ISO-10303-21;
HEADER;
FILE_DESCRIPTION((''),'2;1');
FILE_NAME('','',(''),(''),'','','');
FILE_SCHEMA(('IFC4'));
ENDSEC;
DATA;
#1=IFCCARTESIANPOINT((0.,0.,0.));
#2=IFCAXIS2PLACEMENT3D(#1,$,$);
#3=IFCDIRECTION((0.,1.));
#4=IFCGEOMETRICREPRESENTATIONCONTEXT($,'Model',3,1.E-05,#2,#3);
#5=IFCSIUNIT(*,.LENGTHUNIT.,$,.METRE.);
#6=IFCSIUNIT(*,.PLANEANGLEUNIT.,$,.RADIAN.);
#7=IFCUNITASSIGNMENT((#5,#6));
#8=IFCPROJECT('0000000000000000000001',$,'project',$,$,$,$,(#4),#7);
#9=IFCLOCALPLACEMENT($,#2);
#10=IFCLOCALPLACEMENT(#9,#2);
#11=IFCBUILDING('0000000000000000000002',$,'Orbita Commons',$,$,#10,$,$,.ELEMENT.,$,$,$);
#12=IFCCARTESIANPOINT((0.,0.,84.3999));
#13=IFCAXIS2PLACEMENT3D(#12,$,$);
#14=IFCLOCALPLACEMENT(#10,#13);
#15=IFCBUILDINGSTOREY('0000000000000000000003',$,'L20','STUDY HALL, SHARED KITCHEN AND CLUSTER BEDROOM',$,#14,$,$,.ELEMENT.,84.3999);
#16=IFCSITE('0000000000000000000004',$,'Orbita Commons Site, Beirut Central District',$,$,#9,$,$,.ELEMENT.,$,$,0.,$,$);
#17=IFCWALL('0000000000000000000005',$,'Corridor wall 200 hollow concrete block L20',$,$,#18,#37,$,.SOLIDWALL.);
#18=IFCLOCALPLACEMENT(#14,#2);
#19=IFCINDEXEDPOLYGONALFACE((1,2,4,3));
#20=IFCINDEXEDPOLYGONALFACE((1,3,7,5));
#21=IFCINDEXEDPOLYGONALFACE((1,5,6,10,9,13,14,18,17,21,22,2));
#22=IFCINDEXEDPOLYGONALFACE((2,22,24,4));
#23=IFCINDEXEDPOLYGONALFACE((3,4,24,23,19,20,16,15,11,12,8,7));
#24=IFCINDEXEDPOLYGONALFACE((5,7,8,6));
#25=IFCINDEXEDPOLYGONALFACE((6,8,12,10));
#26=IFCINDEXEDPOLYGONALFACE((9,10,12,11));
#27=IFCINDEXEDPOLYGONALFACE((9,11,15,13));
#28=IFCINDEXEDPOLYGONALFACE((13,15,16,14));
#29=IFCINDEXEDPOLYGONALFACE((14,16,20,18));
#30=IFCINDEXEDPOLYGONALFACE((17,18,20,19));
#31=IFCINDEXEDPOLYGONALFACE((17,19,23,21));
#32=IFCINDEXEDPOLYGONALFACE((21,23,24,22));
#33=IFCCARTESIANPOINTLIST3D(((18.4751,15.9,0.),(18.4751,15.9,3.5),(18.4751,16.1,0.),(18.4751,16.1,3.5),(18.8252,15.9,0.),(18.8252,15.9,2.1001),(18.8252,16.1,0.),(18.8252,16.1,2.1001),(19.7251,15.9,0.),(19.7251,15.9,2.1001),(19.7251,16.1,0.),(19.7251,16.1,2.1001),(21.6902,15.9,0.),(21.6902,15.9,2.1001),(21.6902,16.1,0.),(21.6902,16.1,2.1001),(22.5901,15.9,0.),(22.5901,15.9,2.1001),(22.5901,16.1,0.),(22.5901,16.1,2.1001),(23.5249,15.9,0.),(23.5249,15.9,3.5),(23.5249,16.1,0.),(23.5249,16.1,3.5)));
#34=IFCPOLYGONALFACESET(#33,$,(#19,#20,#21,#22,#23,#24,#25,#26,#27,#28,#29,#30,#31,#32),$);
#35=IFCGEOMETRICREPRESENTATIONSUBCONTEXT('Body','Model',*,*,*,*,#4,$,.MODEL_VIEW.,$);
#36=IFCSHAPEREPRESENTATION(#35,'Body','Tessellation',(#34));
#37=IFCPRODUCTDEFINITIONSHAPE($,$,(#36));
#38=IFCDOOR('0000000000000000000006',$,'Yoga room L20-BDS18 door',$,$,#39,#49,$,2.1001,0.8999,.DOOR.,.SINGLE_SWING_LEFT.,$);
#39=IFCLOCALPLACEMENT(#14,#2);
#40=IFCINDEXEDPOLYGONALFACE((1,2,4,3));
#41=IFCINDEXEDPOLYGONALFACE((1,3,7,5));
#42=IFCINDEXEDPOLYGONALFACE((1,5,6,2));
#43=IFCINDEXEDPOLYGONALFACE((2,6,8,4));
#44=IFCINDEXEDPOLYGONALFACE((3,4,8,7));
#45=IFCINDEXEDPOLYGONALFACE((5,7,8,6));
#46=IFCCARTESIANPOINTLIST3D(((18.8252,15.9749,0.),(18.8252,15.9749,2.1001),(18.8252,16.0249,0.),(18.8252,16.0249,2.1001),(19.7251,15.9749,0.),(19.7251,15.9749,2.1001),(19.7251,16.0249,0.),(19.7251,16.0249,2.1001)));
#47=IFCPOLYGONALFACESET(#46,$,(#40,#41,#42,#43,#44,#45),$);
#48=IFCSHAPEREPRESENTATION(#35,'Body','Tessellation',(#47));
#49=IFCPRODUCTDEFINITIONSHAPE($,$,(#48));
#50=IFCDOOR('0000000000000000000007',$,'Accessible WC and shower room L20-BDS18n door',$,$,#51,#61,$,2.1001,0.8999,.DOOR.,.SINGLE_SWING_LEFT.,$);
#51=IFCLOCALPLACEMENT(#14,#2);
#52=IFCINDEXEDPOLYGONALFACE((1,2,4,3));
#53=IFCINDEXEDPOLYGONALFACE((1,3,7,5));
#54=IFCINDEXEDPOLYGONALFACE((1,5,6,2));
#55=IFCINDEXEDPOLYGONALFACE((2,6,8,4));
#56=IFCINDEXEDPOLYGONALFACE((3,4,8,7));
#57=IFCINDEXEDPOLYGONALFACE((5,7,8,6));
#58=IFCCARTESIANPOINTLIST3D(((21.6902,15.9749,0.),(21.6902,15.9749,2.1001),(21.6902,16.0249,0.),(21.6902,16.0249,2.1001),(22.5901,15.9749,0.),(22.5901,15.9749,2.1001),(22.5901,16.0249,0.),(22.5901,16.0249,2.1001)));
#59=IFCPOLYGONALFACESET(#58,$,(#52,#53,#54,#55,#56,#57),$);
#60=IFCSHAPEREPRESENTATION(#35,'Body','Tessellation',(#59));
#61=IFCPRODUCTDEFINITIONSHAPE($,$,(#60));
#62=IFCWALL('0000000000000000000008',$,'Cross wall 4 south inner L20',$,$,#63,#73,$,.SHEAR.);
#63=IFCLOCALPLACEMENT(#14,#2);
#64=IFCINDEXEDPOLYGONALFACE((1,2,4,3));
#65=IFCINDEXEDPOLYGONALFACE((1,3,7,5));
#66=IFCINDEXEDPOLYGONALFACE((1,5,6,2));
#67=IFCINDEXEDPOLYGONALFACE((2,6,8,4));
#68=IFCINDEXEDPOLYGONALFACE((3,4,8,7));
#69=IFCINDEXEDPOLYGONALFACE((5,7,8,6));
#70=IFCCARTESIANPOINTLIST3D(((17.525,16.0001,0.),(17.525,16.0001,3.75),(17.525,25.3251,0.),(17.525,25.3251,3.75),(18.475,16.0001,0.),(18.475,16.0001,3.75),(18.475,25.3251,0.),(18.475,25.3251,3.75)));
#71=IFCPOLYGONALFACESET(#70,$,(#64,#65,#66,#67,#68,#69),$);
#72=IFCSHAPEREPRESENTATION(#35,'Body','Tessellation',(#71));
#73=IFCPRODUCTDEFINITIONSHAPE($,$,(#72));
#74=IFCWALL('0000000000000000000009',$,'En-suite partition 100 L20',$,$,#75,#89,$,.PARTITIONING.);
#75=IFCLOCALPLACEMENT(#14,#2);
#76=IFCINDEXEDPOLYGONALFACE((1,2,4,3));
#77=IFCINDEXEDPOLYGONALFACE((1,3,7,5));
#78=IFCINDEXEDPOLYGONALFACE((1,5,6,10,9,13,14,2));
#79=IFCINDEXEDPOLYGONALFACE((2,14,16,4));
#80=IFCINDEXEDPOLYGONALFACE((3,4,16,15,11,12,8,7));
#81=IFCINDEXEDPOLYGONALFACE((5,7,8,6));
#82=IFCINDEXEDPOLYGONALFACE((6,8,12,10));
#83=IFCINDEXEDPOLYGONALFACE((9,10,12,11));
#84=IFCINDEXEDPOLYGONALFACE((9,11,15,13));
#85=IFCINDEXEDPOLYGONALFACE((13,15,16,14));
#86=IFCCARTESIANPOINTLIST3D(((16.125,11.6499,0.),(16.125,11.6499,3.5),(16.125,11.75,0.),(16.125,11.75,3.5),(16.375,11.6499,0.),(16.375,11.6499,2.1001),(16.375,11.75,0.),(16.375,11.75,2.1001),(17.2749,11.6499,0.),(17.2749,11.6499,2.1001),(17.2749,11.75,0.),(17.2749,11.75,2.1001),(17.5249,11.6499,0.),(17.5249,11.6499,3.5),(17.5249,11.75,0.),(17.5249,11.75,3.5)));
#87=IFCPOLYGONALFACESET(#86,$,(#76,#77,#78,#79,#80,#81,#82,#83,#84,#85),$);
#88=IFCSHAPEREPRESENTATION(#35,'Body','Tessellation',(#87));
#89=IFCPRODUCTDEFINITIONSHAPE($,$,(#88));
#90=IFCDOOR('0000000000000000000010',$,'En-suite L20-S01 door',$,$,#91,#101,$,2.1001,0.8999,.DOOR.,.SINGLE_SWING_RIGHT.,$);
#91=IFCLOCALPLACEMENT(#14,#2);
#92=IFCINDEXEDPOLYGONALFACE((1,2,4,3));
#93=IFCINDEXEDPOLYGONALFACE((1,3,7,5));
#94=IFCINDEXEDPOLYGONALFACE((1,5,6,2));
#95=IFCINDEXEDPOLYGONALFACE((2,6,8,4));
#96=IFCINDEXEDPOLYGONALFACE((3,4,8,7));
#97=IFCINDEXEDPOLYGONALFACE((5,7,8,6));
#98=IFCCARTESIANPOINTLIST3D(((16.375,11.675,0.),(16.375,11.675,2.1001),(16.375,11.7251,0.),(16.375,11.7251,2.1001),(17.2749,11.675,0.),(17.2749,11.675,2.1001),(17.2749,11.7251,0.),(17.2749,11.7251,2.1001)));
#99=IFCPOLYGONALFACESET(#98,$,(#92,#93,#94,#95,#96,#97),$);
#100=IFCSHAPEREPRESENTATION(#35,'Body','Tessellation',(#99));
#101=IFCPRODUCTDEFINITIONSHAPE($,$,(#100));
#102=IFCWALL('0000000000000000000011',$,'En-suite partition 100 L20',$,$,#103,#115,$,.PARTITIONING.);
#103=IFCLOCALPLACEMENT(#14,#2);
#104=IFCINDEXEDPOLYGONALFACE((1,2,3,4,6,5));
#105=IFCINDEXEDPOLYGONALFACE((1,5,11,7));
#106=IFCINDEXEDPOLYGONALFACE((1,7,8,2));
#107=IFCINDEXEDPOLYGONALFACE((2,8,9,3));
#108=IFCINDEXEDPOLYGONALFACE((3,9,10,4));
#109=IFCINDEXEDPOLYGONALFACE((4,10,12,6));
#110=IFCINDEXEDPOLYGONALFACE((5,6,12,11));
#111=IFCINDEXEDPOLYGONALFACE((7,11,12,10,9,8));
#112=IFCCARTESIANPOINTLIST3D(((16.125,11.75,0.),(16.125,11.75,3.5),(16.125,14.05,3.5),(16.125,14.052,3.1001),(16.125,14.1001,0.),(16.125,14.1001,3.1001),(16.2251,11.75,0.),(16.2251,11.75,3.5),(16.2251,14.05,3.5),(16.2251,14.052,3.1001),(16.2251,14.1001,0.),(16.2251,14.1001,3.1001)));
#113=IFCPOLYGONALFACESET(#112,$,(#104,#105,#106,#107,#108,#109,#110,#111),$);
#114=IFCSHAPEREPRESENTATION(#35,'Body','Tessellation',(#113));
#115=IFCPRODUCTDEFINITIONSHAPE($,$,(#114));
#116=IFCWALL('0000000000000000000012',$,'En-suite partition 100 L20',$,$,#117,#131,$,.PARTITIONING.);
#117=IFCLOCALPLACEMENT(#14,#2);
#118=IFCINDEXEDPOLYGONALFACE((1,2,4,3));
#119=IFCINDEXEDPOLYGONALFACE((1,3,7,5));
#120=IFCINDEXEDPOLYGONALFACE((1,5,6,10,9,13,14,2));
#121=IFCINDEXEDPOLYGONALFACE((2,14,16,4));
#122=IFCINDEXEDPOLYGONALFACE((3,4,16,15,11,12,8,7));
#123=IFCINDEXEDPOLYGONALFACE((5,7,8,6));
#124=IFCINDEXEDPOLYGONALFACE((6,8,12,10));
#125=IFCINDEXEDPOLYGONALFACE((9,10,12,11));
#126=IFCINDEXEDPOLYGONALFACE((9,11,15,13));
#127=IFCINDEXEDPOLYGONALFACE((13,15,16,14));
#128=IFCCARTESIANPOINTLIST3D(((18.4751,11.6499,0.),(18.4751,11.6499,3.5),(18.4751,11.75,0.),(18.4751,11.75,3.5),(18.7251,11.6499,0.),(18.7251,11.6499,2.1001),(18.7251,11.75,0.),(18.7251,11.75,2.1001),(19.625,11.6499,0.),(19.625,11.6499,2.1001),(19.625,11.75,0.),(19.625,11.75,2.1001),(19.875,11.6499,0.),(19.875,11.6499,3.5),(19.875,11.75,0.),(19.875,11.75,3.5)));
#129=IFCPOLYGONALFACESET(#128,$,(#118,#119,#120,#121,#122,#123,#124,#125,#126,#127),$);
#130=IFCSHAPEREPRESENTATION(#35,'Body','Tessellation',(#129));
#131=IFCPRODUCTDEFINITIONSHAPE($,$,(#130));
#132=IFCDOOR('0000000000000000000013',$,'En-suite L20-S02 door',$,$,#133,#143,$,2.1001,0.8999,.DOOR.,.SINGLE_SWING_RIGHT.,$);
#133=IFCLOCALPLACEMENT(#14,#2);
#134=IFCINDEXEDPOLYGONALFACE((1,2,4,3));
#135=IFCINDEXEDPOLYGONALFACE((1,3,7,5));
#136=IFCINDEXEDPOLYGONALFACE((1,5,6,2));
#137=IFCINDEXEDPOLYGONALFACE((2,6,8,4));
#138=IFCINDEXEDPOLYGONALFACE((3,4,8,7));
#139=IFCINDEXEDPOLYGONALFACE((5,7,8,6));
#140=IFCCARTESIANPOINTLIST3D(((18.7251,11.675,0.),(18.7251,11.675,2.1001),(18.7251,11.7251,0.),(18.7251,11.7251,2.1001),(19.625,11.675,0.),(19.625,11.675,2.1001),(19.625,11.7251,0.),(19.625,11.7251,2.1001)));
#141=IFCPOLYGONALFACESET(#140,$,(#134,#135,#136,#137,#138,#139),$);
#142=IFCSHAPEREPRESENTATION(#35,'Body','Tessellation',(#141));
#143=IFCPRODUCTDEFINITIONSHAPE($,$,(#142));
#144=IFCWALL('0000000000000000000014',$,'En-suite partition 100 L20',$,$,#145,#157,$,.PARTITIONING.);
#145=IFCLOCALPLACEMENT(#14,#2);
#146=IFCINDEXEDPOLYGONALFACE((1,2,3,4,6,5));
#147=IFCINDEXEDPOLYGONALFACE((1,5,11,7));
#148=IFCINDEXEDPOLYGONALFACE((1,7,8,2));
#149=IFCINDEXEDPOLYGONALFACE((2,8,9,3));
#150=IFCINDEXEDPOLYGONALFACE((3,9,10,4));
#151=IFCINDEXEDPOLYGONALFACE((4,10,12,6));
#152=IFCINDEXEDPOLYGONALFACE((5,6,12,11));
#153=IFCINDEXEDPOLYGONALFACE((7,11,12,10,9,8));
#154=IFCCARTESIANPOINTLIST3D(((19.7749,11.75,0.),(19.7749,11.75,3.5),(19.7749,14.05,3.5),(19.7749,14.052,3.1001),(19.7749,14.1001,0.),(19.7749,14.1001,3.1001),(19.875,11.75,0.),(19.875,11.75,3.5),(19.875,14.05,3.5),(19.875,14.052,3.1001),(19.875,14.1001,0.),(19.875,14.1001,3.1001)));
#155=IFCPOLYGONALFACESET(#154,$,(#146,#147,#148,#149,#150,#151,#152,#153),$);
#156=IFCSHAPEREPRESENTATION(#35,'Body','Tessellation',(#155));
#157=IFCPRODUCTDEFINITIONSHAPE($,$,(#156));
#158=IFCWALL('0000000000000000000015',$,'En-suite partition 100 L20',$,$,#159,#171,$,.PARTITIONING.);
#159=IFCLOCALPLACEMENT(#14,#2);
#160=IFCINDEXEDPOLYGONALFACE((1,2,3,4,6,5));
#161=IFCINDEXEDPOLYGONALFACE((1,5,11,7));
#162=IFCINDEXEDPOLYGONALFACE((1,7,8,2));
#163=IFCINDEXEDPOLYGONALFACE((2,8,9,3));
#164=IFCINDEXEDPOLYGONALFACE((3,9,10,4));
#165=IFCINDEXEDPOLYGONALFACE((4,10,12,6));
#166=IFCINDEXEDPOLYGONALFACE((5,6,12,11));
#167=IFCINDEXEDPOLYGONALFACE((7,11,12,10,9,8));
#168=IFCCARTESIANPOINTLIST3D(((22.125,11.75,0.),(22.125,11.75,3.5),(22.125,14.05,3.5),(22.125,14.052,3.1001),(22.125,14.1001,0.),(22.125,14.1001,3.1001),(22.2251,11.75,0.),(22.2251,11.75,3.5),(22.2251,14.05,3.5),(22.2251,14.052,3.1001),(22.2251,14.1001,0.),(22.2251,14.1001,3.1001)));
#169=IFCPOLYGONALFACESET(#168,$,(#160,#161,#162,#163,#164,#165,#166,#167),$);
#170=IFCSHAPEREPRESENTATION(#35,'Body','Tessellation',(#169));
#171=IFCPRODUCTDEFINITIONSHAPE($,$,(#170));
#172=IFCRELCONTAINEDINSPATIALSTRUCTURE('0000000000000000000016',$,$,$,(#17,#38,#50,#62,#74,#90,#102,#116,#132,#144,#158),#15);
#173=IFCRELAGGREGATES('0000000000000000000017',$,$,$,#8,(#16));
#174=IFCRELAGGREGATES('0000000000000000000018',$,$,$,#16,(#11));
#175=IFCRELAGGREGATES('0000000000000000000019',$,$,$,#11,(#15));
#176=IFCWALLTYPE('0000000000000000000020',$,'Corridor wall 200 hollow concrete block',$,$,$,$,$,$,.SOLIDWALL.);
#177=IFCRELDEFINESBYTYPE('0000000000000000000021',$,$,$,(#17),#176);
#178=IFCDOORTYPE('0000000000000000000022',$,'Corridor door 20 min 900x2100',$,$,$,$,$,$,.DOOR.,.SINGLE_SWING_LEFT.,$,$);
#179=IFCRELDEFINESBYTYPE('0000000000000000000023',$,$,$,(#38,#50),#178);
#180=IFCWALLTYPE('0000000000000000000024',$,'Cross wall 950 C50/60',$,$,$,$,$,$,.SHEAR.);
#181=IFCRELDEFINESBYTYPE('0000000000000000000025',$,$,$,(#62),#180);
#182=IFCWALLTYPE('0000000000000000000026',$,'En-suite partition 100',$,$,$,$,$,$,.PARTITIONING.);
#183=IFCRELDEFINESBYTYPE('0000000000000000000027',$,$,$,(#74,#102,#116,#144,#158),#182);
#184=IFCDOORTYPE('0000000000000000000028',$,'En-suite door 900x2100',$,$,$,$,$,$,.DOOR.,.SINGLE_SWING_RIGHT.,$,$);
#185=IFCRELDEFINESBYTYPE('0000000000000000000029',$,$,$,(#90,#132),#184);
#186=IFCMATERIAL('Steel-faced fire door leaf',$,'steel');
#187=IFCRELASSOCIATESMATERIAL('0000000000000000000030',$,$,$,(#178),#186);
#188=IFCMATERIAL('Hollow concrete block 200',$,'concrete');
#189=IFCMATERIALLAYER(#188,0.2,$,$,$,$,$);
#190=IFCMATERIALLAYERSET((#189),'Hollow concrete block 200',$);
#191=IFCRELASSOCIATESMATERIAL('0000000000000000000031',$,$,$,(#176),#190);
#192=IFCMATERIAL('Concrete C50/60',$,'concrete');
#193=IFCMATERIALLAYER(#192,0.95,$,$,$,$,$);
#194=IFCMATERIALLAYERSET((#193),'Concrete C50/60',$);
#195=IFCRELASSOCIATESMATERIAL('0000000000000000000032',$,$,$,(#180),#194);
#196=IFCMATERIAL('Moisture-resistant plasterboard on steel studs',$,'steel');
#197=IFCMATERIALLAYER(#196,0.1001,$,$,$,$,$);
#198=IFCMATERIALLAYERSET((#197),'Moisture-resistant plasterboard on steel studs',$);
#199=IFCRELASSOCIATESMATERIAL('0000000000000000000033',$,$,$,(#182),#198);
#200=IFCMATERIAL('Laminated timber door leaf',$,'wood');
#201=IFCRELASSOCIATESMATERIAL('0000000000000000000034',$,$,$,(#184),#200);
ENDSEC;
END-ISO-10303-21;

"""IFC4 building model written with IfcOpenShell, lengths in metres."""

from ifc_helpers import new_model, si_unit, direction, frame, frame_2d, origin, place, context, subcontext, project, spatial, polyline, rectangle, outline, extrude, material, layer, layer_set, type_object, element, fill, save


model = new_model("IFC4")

# Units and contexts
model_context = context("Model", 3, precision=1e-05, world=origin(), true_north=direction((0.0, 1.0)))
body_context = subcontext(model_context, "Body", "Model", "MODEL_VIEW")
ifc_project = project(units=[si_unit("LENGTHUNIT", "METRE"), si_unit("PLANEANGLEUNIT", "RADIAN")], contexts=[model_context])

# Site, building, storey
site_placement = place(None, origin())
site = spatial("IfcSite", under=ifc_project, at=site_placement, Name="Orbita Commons Site, Beirut Central District", CompositionType="ELEMENT", RefElevation=0.0)
building_placement = place(site_placement, origin())
building = spatial("IfcBuilding", under=site, at=building_placement, Name="Orbita Commons", CompositionType="ELEMENT")
storey_placement = place(building_placement, frame((0.0, 0.0, 84.3999)))
storey = spatial("IfcBuildingStorey", under=building, at=storey_placement, Name="L20", Description="STUDY HALL, SHARED KITCHEN AND CLUSTER BEDROOM", CompositionType="ELEMENT", Elevation=84.3999)

# Wall, openings, doors
ifc_material_1 = material(Name="Steel-faced fire door leaf", Category="steel")
door_type_1 = type_object("IfcDoorType", Name="Corridor door 20 min 900x2100", OperationType="SINGLE_SWING_LEFT", PredefinedType="DOOR", material=ifc_material_1)
ifc_material_2 = material(Name="Hollow concrete block 200", Category="concrete")
ifc_layer_1 = layer(ifc_material_2, 0.2)
ifc_layer_set_1 = layer_set([ifc_layer_1], Name="Hollow concrete block 200")
wall_type_1 = type_object("IfcWallType", Name="Corridor wall 200 hollow concrete block", PredefinedType="SOLIDWALL", material=ifc_layer_set_1)
wall_1_placement = place(storey_placement, frame((18.4751, 16.0, 0.0), z_axis=(0.0, 0.0, 1.0), x_axis=(1.0, 0.0, 0.0)))
wall_1 = element("IfcWall", 1, at=wall_1_placement, inside=storey, type_object=wall_type_1, Name="Corridor wall 200 hollow concrete block L20", PredefinedType="SOLIDWALL", context=body_context, shape_type="SweptSolid", body=[
    extrude(rectangle(XDim=5.0498, YDim=0.2, at=frame_2d((2.5249, 0.0))), origin(), (0.0, 0.0, 1.0), 3.5),
])
opening_1_placement = place(wall_1_placement, frame((0.3501, 0.0, 0.0)))
opening_1 = element("IfcOpeningElement", 2, at=opening_1_placement, cuts=wall_1, PredefinedType="OPENING", context=body_context, shape_type="SweptSolid", body=[
    extrude(rectangle(XDim=0.8999, YDim=2.1001, at=frame_2d((0.45, 1.05))), frame((0.0, 0.1099, 0.0), z_axis=(0.0, -1.0, 0.0), x_axis=(1.0, 0.0, 0.0)), (0.0, 0.0, 1.0), 0.22),
])
opening_2_placement = place(wall_1_placement, frame((3.2151, 0.0, 0.0)))
opening_2 = element("IfcOpeningElement", 3, at=opening_2_placement, cuts=wall_1, PredefinedType="OPENING", context=body_context, shape_type="SweptSolid", body=[
    extrude(rectangle(XDim=0.8999, YDim=2.1001, at=frame_2d((0.45, 1.05))), frame((0.0, 0.1099, 0.0), z_axis=(0.0, -1.0, 0.0), x_axis=(1.0, 0.0, 0.0)), (0.0, 0.0, 1.0), 0.22),
])
door_1_placement = place(opening_1_placement, origin())
door_1 = element("IfcDoor", 4, at=door_1_placement, inside=storey, type_object=door_type_1, Name="Yoga room L20-BDS18 door", OperationType="SINGLE_SWING_LEFT", OverallHeight=2.1001, OverallWidth=0.8999, PredefinedType="DOOR", context=body_context, shape_type="SweptSolid", body=[
    extrude(rectangle(XDim=0.8999, YDim=2.1001, at=frame_2d((0.45, 1.05))), frame((0.0, 0.0249, 0.0), z_axis=(0.0, -1.0, 0.0), x_axis=(1.0, 0.0, 0.0)), (0.0, 0.0, 1.0), 0.05),
])
fill(opening_1, door_1)
door_2_placement = place(opening_2_placement, origin())
door_2 = element("IfcDoor", 5, at=door_2_placement, inside=storey, type_object=door_type_1, Name="Accessible WC and shower room L20-BDS18n door", OperationType="SINGLE_SWING_LEFT", OverallHeight=2.1001, OverallWidth=0.8999, PredefinedType="DOOR", context=body_context, shape_type="SweptSolid", body=[
    extrude(rectangle(XDim=0.8999, YDim=2.1001, at=frame_2d((0.45, 1.05))), frame((0.0, 0.0249, 0.0), z_axis=(0.0, -1.0, 0.0), x_axis=(1.0, 0.0, 0.0)), (0.0, 0.0, 1.0), 0.05),
])
fill(opening_2, door_2)

# Wall
ifc_material_3 = material(Name="Concrete C50/60", Category="concrete")
ifc_layer_2 = layer(ifc_material_3, 0.95)
ifc_layer_set_2 = layer_set([ifc_layer_2], Name="Concrete C50/60")
wall_type_2 = type_object("IfcWallType", Name="Cross wall 950 C50/60", PredefinedType="SHEAR", material=ifc_layer_set_2)
wall_2_placement = place(storey_placement, frame((18.0, 16.0, 0.0), z_axis=(0.0, 0.0, 1.0), x_axis=(0.0, 1.0, 0.0)))
element("IfcWall", 6, at=wall_2_placement, inside=storey, type_object=wall_type_2, Name="Cross wall 4 south inner L20", PredefinedType="SHEAR", context=body_context, shape_type="SweptSolid", body=[
    extrude(rectangle(XDim=9.325, YDim=0.95, at=frame_2d((4.6626, 0.0))), origin(), (0.0, 0.0, 1.0), 3.75),
])

# Wall, opening, door
ifc_material_4 = material(Name="Moisture-resistant plasterboard on steel studs", Category="steel")
ifc_layer_3 = layer(ifc_material_4, 0.1001)
ifc_layer_set_3 = layer_set([ifc_layer_3], Name="Moisture-resistant plasterboard on steel studs")
wall_type_3 = type_object("IfcWallType", Name="En-suite partition 100", PredefinedType="PARTITIONING", material=ifc_layer_set_3)
wall_3_placement = place(storey_placement, frame((17.5249, 11.7, 0.0), z_axis=(0.0, 0.0, 1.0), x_axis=(-1.0, 0.0, 0.0)))
wall_3 = element("IfcWall", 7, at=wall_3_placement, inside=storey, type_object=wall_type_3, Name="En-suite partition 100 L20", PredefinedType="PARTITIONING", context=body_context, shape_type="SweptSolid", body=[
    extrude(rectangle(XDim=1.3999, YDim=0.1001, at=frame_2d((0.7, 0.0))), origin(), (0.0, 0.0, 1.0), 3.5),
])
opening_3_placement = place(wall_3_placement, frame((0.25, 0.0, 0.0)))
opening_3 = element("IfcOpeningElement", 8, at=opening_3_placement, cuts=wall_3, PredefinedType="OPENING", context=body_context, shape_type="SweptSolid", body=[
    extrude(rectangle(XDim=0.8999, YDim=2.1001, at=frame_2d((0.45, 1.05))), frame((0.0, 0.0601, 0.0), z_axis=(0.0, -1.0, 0.0), x_axis=(1.0, 0.0, 0.0)), (0.0, 0.0, 1.0), 0.1201),
])
ifc_material_5 = material(Name="Laminated timber door leaf", Category="wood")
door_type_2 = type_object("IfcDoorType", Name="En-suite door 900x2100", OperationType="SINGLE_SWING_RIGHT", PredefinedType="DOOR", material=ifc_material_5)
door_3_placement = place(opening_3_placement, origin())
door_3 = element("IfcDoor", 9, at=door_3_placement, inside=storey, type_object=door_type_2, Name="En-suite L20-S01 door", OperationType="SINGLE_SWING_RIGHT", OverallHeight=2.1001, OverallWidth=0.8999, PredefinedType="DOOR", context=body_context, shape_type="SweptSolid", body=[
    extrude(rectangle(XDim=0.8999, YDim=2.1001, at=frame_2d((0.45, 1.05))), frame((0.0, 0.0249, 0.0), z_axis=(0.0, -1.0, 0.0), x_axis=(1.0, 0.0, 0.0)), (0.0, 0.0, 1.0), 0.05),
])
fill(opening_3, door_3)

# Wall
wall_4_placement = place(storey_placement, frame((16.175, 11.75, 0.0), z_axis=(0.0, 0.0, 1.0), x_axis=(0.0, 1.0, 0.0)))
element("IfcWall", 10, at=wall_4_placement, inside=storey, type_object=wall_type_3, Name="En-suite partition 100 L20", PredefinedType="PARTITIONING", context=body_context, shape_type="SweptSolid", body=[
    extrude(outline(polyline([(0.0, 0.0), (2.3501, 0.0), (2.3501, 3.1001), (2.302, 3.1001), (2.3, 3.5), (0.0, 3.5), (0.0, 0.0)])), frame((0.0, 0.05, 0.0), z_axis=(0.0, -1.0, 0.0), x_axis=(1.0, 0.0, 0.0)), (0.0, 0.0, 1.0), 0.1001),
])

# Wall, opening, door
wall_5_placement = place(storey_placement, frame((19.875, 11.7, 0.0), z_axis=(0.0, 0.0, 1.0), x_axis=(-1.0, 0.0, 0.0)))
wall_5 = element("IfcWall", 11, at=wall_5_placement, inside=storey, type_object=wall_type_3, Name="En-suite partition 100 L20", PredefinedType="PARTITIONING", context=body_context, shape_type="SweptSolid", body=[
    extrude(rectangle(XDim=1.3999, YDim=0.1001, at=frame_2d((0.7, 0.0))), origin(), (0.0, 0.0, 1.0), 3.5),
])
opening_4_placement = place(wall_5_placement, frame((0.25, 0.0, 0.0)))
opening_4 = element("IfcOpeningElement", 12, at=opening_4_placement, cuts=wall_5, PredefinedType="OPENING", context=body_context, shape_type="SweptSolid", body=[
    extrude(rectangle(XDim=0.8999, YDim=2.1001, at=frame_2d((0.45, 1.05))), frame((0.0, 0.0601, 0.0), z_axis=(0.0, -1.0, 0.0), x_axis=(1.0, 0.0, 0.0)), (0.0, 0.0, 1.0), 0.1201),
])
door_4_placement = place(opening_4_placement, origin())
door_4 = element("IfcDoor", 13, at=door_4_placement, inside=storey, type_object=door_type_2, Name="En-suite L20-S02 door", OperationType="SINGLE_SWING_RIGHT", OverallHeight=2.1001, OverallWidth=0.8999, PredefinedType="DOOR", context=body_context, shape_type="SweptSolid", body=[
    extrude(rectangle(XDim=0.8999, YDim=2.1001, at=frame_2d((0.45, 1.05))), frame((0.0, 0.0249, 0.0), z_axis=(0.0, -1.0, 0.0), x_axis=(1.0, 0.0, 0.0)), (0.0, 0.0, 1.0), 0.05),
])
fill(opening_4, door_4)

# Walls
for number, where, z_axis, x_axis, name in (
    (14, (19.825, 11.75, 0.0), (0.0, 0.0, 1.0), (0.0, 1.0, 0.0), "En-suite partition 100 L20"),
    (15, (22.175, 11.75, 0.0), (0.0, 0.0, 1.0), (0.0, 1.0, 0.0), "En-suite partition 100 L20"),
):
    element("IfcWall", number, at=place(storey_placement, frame(where, z_axis=z_axis, x_axis=x_axis)), inside=storey, type_object=wall_type_3, Name=name, PredefinedType="PARTITIONING", context=body_context, shape_type="SweptSolid", body=[
        extrude(outline(polyline([(0.0, 0.0), (2.3501, 0.0), (2.3501, 3.1001), (2.302, 3.1001), (2.3, 3.5), (0.0, 3.5), (0.0, 0.0)])), frame((0.0, 0.05, 0.0), z_axis=(0.0, -1.0, 0.0), x_axis=(1.0, 0.0, 0.0)), (0.0, 0.0, 1.0), 0.1001),
    ])

save(model, "model.ifc")
